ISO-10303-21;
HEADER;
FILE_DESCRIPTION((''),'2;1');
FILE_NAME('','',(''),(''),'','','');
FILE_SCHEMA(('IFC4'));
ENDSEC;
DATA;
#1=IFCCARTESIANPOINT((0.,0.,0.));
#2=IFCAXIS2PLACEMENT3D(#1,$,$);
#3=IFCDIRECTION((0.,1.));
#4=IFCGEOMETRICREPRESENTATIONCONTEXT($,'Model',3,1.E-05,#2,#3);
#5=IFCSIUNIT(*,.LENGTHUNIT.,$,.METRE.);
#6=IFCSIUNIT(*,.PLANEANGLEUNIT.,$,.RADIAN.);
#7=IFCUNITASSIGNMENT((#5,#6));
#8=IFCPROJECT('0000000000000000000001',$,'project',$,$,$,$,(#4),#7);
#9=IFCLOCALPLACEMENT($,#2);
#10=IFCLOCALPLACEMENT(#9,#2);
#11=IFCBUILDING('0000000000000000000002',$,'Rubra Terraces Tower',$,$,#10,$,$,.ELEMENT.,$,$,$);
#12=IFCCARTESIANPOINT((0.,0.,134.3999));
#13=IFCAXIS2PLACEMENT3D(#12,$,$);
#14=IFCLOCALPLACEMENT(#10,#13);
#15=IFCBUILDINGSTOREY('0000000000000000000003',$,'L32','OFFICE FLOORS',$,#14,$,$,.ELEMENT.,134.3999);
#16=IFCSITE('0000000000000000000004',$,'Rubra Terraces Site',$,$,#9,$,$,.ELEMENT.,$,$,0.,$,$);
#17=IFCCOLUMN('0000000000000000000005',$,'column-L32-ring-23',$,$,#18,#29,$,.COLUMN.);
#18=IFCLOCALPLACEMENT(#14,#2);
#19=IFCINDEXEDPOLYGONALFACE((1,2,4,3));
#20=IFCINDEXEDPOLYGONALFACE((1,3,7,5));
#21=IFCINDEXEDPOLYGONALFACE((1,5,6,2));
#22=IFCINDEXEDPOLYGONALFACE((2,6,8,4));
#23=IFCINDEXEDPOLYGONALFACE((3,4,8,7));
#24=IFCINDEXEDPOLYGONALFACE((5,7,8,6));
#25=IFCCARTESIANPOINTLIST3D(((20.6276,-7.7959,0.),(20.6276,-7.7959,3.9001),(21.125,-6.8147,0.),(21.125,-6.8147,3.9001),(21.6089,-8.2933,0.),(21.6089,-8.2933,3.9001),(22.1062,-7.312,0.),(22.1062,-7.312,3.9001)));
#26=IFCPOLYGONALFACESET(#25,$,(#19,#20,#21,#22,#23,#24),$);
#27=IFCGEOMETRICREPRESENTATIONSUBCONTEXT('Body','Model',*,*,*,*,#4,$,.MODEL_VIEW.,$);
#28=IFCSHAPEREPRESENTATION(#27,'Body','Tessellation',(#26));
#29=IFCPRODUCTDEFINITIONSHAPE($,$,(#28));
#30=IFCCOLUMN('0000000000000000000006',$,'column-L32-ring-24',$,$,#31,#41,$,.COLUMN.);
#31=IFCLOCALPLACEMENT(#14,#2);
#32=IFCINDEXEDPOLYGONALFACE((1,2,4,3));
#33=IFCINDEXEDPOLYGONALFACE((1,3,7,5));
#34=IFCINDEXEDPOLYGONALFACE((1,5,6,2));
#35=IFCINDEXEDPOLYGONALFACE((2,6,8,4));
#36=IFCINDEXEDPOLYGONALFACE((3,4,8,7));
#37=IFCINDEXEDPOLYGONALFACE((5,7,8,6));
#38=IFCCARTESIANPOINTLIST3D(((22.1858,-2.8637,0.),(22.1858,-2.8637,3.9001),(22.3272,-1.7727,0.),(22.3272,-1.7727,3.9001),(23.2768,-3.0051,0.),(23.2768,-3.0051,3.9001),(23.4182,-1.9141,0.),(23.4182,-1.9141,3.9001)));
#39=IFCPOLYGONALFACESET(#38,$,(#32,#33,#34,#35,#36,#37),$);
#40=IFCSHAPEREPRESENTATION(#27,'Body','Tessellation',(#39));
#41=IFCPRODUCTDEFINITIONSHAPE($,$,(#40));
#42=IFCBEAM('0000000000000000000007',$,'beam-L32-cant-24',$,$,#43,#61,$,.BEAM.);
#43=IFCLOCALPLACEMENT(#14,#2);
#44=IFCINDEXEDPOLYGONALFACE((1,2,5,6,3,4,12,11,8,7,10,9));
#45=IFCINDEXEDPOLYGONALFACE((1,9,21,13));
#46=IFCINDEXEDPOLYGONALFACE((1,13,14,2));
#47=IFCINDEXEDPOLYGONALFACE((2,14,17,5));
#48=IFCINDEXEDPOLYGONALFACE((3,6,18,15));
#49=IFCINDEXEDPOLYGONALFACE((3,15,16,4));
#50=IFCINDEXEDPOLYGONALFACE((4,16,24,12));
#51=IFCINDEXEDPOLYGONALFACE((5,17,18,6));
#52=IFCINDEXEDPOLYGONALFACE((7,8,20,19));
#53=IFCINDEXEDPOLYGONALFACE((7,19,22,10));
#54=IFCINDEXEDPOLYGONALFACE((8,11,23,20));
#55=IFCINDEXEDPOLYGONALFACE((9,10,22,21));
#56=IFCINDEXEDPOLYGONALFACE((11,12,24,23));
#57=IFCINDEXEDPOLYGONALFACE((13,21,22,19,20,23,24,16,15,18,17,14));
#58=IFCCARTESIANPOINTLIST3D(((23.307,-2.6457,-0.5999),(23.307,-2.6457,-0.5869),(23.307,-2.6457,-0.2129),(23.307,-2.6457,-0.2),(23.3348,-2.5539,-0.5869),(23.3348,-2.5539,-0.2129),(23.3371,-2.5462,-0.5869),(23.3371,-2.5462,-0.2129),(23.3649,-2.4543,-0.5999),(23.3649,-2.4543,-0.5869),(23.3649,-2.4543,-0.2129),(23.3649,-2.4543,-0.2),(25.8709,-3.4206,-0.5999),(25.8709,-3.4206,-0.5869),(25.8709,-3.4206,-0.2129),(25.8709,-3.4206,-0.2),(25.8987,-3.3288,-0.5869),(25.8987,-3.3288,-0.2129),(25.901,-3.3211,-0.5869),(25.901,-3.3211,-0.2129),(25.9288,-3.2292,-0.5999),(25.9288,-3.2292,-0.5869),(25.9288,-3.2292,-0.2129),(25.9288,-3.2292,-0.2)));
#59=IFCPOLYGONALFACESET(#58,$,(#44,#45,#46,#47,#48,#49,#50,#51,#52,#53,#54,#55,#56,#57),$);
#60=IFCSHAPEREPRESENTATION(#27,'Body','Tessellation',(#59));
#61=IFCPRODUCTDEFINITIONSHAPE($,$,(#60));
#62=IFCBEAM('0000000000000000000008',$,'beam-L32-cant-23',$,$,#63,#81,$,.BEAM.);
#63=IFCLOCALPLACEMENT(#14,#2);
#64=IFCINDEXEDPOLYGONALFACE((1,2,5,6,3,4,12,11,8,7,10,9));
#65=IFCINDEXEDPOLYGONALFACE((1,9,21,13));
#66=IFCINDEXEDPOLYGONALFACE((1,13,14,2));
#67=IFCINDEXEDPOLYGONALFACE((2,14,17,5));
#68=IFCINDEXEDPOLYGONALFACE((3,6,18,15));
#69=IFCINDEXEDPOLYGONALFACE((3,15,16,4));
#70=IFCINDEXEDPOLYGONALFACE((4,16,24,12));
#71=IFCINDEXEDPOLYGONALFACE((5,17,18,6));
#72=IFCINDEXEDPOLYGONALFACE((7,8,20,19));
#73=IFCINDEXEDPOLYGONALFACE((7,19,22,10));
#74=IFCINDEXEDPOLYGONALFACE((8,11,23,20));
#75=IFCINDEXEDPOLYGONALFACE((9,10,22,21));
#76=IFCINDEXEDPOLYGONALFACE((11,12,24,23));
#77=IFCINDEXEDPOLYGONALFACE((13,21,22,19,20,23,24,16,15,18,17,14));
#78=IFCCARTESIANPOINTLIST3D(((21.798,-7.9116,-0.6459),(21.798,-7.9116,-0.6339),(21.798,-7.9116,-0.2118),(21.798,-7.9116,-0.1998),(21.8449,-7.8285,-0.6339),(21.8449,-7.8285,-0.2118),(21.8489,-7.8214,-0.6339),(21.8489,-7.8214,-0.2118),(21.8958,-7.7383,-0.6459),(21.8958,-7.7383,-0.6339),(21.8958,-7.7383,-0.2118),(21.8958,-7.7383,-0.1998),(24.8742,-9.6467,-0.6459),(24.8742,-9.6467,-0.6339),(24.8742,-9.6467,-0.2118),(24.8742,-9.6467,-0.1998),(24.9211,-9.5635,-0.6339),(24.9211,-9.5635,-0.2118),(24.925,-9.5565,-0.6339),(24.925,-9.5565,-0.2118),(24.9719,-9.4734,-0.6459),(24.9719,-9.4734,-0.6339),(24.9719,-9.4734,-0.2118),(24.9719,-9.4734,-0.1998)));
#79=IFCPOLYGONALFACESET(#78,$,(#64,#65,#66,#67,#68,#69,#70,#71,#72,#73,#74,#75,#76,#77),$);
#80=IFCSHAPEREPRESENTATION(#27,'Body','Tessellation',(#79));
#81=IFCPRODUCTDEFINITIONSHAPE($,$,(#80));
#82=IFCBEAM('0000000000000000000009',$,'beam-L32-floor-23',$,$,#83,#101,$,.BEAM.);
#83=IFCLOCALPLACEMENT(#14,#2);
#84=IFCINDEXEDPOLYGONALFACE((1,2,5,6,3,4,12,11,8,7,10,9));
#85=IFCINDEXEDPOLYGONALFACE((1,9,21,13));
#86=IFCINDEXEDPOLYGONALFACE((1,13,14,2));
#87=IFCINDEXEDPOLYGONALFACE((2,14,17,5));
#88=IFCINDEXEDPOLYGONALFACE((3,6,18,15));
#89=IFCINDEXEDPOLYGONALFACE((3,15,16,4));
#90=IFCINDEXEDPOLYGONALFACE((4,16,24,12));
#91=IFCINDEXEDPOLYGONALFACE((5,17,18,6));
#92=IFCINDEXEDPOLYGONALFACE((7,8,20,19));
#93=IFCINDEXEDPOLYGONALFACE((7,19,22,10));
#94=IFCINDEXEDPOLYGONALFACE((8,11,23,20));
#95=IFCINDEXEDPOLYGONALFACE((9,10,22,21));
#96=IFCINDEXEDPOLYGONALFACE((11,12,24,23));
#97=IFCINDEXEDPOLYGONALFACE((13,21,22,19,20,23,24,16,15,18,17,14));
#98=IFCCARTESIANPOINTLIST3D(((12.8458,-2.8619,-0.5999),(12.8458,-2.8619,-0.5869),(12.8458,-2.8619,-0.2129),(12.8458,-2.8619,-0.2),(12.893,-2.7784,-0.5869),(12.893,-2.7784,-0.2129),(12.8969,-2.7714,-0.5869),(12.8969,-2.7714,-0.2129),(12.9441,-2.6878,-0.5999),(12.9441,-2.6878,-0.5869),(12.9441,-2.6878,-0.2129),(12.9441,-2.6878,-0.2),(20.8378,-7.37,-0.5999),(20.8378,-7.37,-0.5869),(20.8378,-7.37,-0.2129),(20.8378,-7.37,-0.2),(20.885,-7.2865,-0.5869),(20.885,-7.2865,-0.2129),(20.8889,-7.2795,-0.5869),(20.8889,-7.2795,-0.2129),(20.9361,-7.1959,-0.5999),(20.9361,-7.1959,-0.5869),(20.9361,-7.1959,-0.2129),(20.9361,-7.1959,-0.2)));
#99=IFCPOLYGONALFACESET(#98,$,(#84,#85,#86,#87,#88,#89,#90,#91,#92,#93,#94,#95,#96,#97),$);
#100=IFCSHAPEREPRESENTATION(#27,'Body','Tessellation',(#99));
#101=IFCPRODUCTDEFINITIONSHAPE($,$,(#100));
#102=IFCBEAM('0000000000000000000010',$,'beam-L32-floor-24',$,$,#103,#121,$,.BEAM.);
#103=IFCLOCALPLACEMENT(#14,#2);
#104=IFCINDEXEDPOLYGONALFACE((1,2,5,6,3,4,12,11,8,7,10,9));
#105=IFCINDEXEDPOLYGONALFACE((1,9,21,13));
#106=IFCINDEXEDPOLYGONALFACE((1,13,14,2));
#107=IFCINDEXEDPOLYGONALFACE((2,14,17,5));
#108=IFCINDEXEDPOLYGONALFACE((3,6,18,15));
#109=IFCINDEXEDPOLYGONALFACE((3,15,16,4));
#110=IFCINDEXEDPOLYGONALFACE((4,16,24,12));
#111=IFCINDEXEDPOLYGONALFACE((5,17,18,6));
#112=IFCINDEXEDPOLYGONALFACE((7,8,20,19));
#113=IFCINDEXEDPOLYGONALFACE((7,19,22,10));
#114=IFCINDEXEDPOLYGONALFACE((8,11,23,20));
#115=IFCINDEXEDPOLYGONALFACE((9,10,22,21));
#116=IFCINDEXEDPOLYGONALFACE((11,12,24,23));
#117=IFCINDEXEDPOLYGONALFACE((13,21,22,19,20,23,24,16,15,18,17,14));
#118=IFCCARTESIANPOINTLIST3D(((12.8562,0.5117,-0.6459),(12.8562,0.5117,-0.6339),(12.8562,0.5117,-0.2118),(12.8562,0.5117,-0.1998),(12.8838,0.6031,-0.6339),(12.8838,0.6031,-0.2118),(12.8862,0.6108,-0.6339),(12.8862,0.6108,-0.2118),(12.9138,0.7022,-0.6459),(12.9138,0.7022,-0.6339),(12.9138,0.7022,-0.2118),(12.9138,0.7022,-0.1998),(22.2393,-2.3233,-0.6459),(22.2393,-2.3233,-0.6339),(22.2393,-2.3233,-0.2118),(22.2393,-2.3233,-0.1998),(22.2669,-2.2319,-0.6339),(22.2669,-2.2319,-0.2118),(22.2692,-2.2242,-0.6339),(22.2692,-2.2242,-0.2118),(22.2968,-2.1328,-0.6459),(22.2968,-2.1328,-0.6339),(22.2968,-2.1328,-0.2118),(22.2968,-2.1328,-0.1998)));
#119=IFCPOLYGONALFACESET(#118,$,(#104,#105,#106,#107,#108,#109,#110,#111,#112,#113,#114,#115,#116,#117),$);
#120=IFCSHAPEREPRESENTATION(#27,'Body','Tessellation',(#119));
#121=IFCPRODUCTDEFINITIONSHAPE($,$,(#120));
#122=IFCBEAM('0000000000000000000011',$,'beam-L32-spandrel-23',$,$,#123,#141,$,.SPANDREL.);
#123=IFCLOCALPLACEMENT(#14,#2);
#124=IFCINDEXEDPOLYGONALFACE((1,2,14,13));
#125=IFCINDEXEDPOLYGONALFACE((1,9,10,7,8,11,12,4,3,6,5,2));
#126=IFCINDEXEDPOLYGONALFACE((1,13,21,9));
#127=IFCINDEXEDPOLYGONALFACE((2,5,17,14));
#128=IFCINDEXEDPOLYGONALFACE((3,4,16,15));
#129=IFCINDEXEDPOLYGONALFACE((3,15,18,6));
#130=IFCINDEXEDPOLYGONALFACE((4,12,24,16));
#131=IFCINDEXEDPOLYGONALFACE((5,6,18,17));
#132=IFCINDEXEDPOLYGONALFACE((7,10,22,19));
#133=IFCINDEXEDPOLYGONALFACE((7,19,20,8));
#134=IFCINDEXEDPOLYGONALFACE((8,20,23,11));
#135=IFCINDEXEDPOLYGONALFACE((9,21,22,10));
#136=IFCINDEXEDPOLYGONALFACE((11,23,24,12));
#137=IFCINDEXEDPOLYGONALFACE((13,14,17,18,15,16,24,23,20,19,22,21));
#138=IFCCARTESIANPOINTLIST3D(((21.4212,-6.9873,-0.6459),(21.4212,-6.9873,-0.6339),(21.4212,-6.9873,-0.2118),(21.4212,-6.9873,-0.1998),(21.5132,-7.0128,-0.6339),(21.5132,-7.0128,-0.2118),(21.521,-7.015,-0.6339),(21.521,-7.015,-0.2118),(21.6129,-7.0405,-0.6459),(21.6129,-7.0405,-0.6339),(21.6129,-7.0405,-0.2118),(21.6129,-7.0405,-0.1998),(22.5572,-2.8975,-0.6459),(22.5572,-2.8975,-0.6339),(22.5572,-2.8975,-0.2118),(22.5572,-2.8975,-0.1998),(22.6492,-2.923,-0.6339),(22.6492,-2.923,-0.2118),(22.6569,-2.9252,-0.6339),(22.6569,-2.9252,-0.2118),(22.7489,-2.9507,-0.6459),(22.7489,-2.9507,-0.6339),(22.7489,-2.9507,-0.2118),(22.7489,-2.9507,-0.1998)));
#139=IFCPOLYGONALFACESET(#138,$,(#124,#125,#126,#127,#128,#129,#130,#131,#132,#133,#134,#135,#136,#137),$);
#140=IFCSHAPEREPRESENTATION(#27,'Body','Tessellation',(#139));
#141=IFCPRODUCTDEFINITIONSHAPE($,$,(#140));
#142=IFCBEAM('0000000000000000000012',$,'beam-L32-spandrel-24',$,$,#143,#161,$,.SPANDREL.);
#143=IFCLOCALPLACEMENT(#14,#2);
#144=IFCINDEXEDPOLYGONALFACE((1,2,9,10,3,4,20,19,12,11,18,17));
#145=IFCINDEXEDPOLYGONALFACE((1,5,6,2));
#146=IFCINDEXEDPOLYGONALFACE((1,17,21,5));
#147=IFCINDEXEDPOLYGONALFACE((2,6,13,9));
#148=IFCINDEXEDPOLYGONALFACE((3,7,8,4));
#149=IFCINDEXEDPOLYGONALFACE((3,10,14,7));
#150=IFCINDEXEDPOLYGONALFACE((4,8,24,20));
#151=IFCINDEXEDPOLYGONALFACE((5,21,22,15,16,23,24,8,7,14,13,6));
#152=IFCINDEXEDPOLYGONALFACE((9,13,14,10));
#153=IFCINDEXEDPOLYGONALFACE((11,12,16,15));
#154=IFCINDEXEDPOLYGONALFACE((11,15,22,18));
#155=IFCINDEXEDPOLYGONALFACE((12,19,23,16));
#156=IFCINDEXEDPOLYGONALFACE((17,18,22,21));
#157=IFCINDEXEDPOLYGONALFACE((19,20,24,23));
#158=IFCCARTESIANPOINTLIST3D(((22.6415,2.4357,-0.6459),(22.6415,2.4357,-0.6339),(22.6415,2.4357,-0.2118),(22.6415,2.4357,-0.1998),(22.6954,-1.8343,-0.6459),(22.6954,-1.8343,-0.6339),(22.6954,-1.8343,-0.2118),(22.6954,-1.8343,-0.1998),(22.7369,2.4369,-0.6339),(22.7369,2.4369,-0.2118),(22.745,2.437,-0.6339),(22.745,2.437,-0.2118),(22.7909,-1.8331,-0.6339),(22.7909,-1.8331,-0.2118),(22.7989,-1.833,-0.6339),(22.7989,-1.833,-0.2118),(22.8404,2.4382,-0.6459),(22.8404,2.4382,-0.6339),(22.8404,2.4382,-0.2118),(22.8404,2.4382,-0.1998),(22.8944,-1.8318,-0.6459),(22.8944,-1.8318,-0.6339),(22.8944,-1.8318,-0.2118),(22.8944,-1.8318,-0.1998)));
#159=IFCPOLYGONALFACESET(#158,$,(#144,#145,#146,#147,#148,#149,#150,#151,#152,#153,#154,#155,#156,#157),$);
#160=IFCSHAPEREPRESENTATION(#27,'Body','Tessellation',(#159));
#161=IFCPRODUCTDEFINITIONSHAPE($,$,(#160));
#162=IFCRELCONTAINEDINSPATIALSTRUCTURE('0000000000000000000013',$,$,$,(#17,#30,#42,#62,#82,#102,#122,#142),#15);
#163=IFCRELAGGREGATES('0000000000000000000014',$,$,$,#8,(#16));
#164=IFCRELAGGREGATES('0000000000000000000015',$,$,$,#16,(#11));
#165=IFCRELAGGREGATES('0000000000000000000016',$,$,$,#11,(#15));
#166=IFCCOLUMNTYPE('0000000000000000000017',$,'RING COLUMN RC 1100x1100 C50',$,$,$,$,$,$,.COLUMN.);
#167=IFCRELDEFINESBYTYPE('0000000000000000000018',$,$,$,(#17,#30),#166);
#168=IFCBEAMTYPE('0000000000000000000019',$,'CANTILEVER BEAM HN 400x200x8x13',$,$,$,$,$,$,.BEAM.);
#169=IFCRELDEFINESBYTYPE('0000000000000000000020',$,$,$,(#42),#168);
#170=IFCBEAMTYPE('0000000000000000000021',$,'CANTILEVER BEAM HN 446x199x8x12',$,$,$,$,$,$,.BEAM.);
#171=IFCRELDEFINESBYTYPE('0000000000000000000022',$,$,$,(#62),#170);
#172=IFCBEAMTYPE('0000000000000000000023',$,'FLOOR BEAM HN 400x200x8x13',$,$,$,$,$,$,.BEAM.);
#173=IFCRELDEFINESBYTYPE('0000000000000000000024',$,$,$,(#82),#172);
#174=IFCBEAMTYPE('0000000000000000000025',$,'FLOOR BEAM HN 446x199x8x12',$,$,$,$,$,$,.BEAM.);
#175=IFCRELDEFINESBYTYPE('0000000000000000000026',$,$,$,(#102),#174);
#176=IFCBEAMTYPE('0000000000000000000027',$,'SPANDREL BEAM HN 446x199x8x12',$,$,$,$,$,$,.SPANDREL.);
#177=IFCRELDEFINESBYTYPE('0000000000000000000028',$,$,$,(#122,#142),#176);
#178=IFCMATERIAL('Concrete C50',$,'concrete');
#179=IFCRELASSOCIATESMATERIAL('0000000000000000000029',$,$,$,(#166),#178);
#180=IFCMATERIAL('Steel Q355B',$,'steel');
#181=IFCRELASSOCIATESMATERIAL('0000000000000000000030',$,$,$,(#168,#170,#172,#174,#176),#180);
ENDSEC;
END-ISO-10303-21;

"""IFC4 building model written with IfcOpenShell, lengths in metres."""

from ifc_helpers import new_model, si_unit, direction, frame, origin, origin_2d, place, context, subcontext, project, spatial, rectangle, i_section, extrude, material, material_profile, profile_set, type_object, element, save


model = new_model("IFC4")

# Units and contexts
model_context = context("Model", 3, precision=1e-05, world=origin(), true_north=direction((0.0, 1.0)))
body_context = subcontext(model_context, "Body", "Model", "MODEL_VIEW")
ifc_project = project(units=[si_unit("LENGTHUNIT", "METRE"), si_unit("PLANEANGLEUNIT", "RADIAN")], contexts=[model_context])

# Site, building, storey
site_placement = place(None, origin())
site = spatial("IfcSite", under=ifc_project, at=site_placement, Name="Rubra Terraces Site", CompositionType="ELEMENT", RefElevation=0.0)
building_placement = place(site_placement, origin())
building = spatial("IfcBuilding", under=site, at=building_placement, Name="Rubra Terraces Tower", CompositionType="ELEMENT")
storey_placement = place(building_placement, frame((0.0, 0.0, 134.3999)))
storey = spatial("IfcBuildingStorey", under=building, at=storey_placement, Name="L32", Description="OFFICE FLOORS", CompositionType="ELEMENT", Elevation=134.3999)

# Columns
ifc_material_1 = material(Name="Concrete C50", Category="concrete")
ifc_material_profile_1 = material_profile(ifc_material_1, rectangle(XDim=1.1001, YDim=1.1001, at=origin_2d()), Name="RC 1100x1100")
ifc_profile_set_1 = profile_set([ifc_material_profile_1], Name="Concrete C50")
column_type = type_object("IfcColumnType", Name="RING COLUMN RC 1100x1100 C50", PredefinedType="COLUMN", material=ifc_profile_set_1)
for number, where, z_axis, x_axis, name in (
    (1, (21.3669, -7.554, 0.0), (0.0, 0.0, 1.0), (0.452079, 0.891978, 0.0), "column-L32-ring-23"),
    (2, (22.802, -2.3889, 0.0), (0.0, 0.0, 1.0), (0.128535, 0.991705, 0.0), "column-L32-ring-24"),
):
    element("IfcColumn", number, at=place(storey_placement, frame(where, z_axis=z_axis, x_axis=x_axis)), inside=storey, type_object=column_type, Name=name, PredefinedType="COLUMN", context=body_context, shape_type="SweptSolid", body=[
        extrude(rectangle(XDim=1.1001, YDim=1.1001, at=origin_2d()), origin(), (0.0, 0.0, 1.0), 3.9001),
    ])

# Beams
ifc_material_2 = material(Name="Steel Q355B", Category="steel")
ifc_material_profile_2 = material_profile(ifc_material_2, i_section(OverallWidth=0.2, OverallDepth=0.3999, WebThickness=0.0081, FlangeThickness=0.0129, at=origin_2d()), Name="HN 400x200x8x13")
ifc_profile_set_2 = profile_set([ifc_material_profile_2], Name="Steel Q355B")
beam_type_1 = type_object("IfcBeamType", Name="CANTILEVER BEAM HN 400x200x8x13", PredefinedType="BEAM", material=ifc_profile_set_2)
beam_1_placement = place(storey_placement, frame((23.3359, -2.55, -0.3999), z_axis=(0.957237, -0.289304, 0.0), x_axis=(0.289304, 0.957237, 0.0)))
element("IfcBeam", 3, at=beam_1_placement, inside=storey, type_object=beam_type_1, Name="beam-L32-cant-24", PredefinedType="BEAM", context=body_context, shape_type="SweptSolid", body=[
    extrude(i_section(OverallWidth=0.2, OverallDepth=0.3999, WebThickness=0.0081, FlangeThickness=0.0129, at=origin_2d()), origin(), (0.0, 0.0, 1.0), 2.6785),
])
ifc_material_profile_3 = material_profile(ifc_material_2, i_section(OverallWidth=0.199, OverallDepth=0.446, WebThickness=0.0081, FlangeThickness=0.012, at=origin_2d()), Name="HN 446x199x8x12")
ifc_profile_set_3 = profile_set([ifc_material_profile_3], Name="Steel Q355B")
beam_type_2 = type_object("IfcBeamType", Name="CANTILEVER BEAM HN 446x199x8x12", PredefinedType="BEAM", material=ifc_profile_set_3)
beam_2_placement = place(storey_placement, frame((21.8469, -7.825, -0.4229), z_axis=(0.870999, -0.491285, 0.0), x_axis=(0.491285, 0.870999, 0.0)))
element("IfcBeam", 4, at=beam_2_placement, inside=storey, type_object=beam_type_2, Name="beam-L32-cant-23", PredefinedType="BEAM", context=body_context, shape_type="SweptSolid", body=[
    extrude(i_section(OverallWidth=0.199, OverallDepth=0.446, WebThickness=0.0081, FlangeThickness=0.012, at=origin_2d()), origin(), (0.0, 0.0, 1.0), 3.5317),
])
ifc_material_profile_4 = material_profile(ifc_material_2, i_section(OverallWidth=0.2, OverallDepth=0.3999, WebThickness=0.0081, FlangeThickness=0.0129, at=origin_2d()), Name="HN 400x200x8x13")
ifc_profile_set_4 = profile_set([ifc_material_profile_4], Name="Steel Q355B")
beam_type_3 = type_object("IfcBeamType", Name="FLOOR BEAM HN 400x200x8x13", PredefinedType="BEAM", material=ifc_profile_set_4)
beam_3_placement = place(storey_placement, frame((20.887, -7.283, -0.3999), z_axis=(-0.870989, 0.491303, 0.0), x_axis=(-0.491303, -0.870989, 0.0)))
element("IfcBeam", 5, at=beam_3_placement, inside=storey, type_object=beam_type_3, Name="beam-L32-floor-23", PredefinedType="BEAM", context=body_context, shape_type="SweptSolid", body=[
    extrude(i_section(OverallWidth=0.2, OverallDepth=0.3999, WebThickness=0.0081, FlangeThickness=0.0129, at=origin_2d()), origin(), (0.0, 0.0, 1.0), 9.1758),
])
ifc_material_profile_5 = material_profile(ifc_material_2, i_section(OverallWidth=0.199, OverallDepth=0.446, WebThickness=0.0081, FlangeThickness=0.012, at=origin_2d()), Name="HN 446x199x8x12")
ifc_profile_set_5 = profile_set([ifc_material_profile_5], Name="Steel Q355B")
beam_type_4 = type_object("IfcBeamType", Name="FLOOR BEAM HN 446x199x8x12", PredefinedType="BEAM", material=ifc_profile_set_5)
beam_4_placement = place(storey_placement, frame((22.2681, -2.228, -0.4229), z_axis=(-0.957262, 0.289223, 0.0), x_axis=(-0.289223, -0.957262, 0.0)))
element("IfcBeam", 6, at=beam_4_placement, inside=storey, type_object=beam_type_4, Name="beam-L32-floor-24", PredefinedType="BEAM", context=body_context, shape_type="SweptSolid", body=[
    extrude(i_section(OverallWidth=0.199, OverallDepth=0.446, WebThickness=0.0081, FlangeThickness=0.012, at=origin_2d()), origin(), (0.0, 0.0, 1.0), 9.802),
])
ifc_material_profile_6 = material_profile(ifc_material_2, i_section(OverallWidth=0.199, OverallDepth=0.446, WebThickness=0.0081, FlangeThickness=0.012, at=origin_2d()), Name="HN 446x199x8x12")
ifc_profile_set_6 = profile_set([ifc_material_profile_6], Name="Steel Q355B")
beam_type_5 = type_object("IfcBeamType", Name="SPANDREL BEAM HN 446x199x8x12", PredefinedType="SPANDREL", material=ifc_profile_set_6)
beam_5_placement = place(storey_placement, frame((21.5171, -7.0139, -0.4229), z_axis=(0.267626, 0.963523, 0.0), x_axis=(-0.963523, 0.267626, 0.0)))
element("IfcBeam", 7, at=beam_5_placement, inside=storey, type_object=beam_type_5, Name="beam-L32-spandrel-23", PredefinedType="SPANDREL", context=body_context, shape_type="SweptSolid", body=[
    extrude(i_section(OverallWidth=0.199, OverallDepth=0.446, WebThickness=0.0081, FlangeThickness=0.012, at=origin_2d()), origin(), (0.0, 0.0, 1.0), 4.2446),
])
beam_6_placement = place(storey_placement, frame((22.7949, -1.833, -0.4229), z_axis=(-0.012635, 0.99992, 0.0), x_axis=(-0.99992, -0.012635, 0.0)))
element("IfcBeam", 8, at=beam_6_placement, inside=storey, type_object=beam_type_5, Name="beam-L32-spandrel-24", PredefinedType="SPANDREL", context=body_context, shape_type="SweptSolid", body=[
    extrude(i_section(OverallWidth=0.199, OverallDepth=0.446, WebThickness=0.0081, FlangeThickness=0.012, at=origin_2d()), origin(), (0.0, 0.0, 1.0), 4.2703),
])

save(model, "model.ifc")
